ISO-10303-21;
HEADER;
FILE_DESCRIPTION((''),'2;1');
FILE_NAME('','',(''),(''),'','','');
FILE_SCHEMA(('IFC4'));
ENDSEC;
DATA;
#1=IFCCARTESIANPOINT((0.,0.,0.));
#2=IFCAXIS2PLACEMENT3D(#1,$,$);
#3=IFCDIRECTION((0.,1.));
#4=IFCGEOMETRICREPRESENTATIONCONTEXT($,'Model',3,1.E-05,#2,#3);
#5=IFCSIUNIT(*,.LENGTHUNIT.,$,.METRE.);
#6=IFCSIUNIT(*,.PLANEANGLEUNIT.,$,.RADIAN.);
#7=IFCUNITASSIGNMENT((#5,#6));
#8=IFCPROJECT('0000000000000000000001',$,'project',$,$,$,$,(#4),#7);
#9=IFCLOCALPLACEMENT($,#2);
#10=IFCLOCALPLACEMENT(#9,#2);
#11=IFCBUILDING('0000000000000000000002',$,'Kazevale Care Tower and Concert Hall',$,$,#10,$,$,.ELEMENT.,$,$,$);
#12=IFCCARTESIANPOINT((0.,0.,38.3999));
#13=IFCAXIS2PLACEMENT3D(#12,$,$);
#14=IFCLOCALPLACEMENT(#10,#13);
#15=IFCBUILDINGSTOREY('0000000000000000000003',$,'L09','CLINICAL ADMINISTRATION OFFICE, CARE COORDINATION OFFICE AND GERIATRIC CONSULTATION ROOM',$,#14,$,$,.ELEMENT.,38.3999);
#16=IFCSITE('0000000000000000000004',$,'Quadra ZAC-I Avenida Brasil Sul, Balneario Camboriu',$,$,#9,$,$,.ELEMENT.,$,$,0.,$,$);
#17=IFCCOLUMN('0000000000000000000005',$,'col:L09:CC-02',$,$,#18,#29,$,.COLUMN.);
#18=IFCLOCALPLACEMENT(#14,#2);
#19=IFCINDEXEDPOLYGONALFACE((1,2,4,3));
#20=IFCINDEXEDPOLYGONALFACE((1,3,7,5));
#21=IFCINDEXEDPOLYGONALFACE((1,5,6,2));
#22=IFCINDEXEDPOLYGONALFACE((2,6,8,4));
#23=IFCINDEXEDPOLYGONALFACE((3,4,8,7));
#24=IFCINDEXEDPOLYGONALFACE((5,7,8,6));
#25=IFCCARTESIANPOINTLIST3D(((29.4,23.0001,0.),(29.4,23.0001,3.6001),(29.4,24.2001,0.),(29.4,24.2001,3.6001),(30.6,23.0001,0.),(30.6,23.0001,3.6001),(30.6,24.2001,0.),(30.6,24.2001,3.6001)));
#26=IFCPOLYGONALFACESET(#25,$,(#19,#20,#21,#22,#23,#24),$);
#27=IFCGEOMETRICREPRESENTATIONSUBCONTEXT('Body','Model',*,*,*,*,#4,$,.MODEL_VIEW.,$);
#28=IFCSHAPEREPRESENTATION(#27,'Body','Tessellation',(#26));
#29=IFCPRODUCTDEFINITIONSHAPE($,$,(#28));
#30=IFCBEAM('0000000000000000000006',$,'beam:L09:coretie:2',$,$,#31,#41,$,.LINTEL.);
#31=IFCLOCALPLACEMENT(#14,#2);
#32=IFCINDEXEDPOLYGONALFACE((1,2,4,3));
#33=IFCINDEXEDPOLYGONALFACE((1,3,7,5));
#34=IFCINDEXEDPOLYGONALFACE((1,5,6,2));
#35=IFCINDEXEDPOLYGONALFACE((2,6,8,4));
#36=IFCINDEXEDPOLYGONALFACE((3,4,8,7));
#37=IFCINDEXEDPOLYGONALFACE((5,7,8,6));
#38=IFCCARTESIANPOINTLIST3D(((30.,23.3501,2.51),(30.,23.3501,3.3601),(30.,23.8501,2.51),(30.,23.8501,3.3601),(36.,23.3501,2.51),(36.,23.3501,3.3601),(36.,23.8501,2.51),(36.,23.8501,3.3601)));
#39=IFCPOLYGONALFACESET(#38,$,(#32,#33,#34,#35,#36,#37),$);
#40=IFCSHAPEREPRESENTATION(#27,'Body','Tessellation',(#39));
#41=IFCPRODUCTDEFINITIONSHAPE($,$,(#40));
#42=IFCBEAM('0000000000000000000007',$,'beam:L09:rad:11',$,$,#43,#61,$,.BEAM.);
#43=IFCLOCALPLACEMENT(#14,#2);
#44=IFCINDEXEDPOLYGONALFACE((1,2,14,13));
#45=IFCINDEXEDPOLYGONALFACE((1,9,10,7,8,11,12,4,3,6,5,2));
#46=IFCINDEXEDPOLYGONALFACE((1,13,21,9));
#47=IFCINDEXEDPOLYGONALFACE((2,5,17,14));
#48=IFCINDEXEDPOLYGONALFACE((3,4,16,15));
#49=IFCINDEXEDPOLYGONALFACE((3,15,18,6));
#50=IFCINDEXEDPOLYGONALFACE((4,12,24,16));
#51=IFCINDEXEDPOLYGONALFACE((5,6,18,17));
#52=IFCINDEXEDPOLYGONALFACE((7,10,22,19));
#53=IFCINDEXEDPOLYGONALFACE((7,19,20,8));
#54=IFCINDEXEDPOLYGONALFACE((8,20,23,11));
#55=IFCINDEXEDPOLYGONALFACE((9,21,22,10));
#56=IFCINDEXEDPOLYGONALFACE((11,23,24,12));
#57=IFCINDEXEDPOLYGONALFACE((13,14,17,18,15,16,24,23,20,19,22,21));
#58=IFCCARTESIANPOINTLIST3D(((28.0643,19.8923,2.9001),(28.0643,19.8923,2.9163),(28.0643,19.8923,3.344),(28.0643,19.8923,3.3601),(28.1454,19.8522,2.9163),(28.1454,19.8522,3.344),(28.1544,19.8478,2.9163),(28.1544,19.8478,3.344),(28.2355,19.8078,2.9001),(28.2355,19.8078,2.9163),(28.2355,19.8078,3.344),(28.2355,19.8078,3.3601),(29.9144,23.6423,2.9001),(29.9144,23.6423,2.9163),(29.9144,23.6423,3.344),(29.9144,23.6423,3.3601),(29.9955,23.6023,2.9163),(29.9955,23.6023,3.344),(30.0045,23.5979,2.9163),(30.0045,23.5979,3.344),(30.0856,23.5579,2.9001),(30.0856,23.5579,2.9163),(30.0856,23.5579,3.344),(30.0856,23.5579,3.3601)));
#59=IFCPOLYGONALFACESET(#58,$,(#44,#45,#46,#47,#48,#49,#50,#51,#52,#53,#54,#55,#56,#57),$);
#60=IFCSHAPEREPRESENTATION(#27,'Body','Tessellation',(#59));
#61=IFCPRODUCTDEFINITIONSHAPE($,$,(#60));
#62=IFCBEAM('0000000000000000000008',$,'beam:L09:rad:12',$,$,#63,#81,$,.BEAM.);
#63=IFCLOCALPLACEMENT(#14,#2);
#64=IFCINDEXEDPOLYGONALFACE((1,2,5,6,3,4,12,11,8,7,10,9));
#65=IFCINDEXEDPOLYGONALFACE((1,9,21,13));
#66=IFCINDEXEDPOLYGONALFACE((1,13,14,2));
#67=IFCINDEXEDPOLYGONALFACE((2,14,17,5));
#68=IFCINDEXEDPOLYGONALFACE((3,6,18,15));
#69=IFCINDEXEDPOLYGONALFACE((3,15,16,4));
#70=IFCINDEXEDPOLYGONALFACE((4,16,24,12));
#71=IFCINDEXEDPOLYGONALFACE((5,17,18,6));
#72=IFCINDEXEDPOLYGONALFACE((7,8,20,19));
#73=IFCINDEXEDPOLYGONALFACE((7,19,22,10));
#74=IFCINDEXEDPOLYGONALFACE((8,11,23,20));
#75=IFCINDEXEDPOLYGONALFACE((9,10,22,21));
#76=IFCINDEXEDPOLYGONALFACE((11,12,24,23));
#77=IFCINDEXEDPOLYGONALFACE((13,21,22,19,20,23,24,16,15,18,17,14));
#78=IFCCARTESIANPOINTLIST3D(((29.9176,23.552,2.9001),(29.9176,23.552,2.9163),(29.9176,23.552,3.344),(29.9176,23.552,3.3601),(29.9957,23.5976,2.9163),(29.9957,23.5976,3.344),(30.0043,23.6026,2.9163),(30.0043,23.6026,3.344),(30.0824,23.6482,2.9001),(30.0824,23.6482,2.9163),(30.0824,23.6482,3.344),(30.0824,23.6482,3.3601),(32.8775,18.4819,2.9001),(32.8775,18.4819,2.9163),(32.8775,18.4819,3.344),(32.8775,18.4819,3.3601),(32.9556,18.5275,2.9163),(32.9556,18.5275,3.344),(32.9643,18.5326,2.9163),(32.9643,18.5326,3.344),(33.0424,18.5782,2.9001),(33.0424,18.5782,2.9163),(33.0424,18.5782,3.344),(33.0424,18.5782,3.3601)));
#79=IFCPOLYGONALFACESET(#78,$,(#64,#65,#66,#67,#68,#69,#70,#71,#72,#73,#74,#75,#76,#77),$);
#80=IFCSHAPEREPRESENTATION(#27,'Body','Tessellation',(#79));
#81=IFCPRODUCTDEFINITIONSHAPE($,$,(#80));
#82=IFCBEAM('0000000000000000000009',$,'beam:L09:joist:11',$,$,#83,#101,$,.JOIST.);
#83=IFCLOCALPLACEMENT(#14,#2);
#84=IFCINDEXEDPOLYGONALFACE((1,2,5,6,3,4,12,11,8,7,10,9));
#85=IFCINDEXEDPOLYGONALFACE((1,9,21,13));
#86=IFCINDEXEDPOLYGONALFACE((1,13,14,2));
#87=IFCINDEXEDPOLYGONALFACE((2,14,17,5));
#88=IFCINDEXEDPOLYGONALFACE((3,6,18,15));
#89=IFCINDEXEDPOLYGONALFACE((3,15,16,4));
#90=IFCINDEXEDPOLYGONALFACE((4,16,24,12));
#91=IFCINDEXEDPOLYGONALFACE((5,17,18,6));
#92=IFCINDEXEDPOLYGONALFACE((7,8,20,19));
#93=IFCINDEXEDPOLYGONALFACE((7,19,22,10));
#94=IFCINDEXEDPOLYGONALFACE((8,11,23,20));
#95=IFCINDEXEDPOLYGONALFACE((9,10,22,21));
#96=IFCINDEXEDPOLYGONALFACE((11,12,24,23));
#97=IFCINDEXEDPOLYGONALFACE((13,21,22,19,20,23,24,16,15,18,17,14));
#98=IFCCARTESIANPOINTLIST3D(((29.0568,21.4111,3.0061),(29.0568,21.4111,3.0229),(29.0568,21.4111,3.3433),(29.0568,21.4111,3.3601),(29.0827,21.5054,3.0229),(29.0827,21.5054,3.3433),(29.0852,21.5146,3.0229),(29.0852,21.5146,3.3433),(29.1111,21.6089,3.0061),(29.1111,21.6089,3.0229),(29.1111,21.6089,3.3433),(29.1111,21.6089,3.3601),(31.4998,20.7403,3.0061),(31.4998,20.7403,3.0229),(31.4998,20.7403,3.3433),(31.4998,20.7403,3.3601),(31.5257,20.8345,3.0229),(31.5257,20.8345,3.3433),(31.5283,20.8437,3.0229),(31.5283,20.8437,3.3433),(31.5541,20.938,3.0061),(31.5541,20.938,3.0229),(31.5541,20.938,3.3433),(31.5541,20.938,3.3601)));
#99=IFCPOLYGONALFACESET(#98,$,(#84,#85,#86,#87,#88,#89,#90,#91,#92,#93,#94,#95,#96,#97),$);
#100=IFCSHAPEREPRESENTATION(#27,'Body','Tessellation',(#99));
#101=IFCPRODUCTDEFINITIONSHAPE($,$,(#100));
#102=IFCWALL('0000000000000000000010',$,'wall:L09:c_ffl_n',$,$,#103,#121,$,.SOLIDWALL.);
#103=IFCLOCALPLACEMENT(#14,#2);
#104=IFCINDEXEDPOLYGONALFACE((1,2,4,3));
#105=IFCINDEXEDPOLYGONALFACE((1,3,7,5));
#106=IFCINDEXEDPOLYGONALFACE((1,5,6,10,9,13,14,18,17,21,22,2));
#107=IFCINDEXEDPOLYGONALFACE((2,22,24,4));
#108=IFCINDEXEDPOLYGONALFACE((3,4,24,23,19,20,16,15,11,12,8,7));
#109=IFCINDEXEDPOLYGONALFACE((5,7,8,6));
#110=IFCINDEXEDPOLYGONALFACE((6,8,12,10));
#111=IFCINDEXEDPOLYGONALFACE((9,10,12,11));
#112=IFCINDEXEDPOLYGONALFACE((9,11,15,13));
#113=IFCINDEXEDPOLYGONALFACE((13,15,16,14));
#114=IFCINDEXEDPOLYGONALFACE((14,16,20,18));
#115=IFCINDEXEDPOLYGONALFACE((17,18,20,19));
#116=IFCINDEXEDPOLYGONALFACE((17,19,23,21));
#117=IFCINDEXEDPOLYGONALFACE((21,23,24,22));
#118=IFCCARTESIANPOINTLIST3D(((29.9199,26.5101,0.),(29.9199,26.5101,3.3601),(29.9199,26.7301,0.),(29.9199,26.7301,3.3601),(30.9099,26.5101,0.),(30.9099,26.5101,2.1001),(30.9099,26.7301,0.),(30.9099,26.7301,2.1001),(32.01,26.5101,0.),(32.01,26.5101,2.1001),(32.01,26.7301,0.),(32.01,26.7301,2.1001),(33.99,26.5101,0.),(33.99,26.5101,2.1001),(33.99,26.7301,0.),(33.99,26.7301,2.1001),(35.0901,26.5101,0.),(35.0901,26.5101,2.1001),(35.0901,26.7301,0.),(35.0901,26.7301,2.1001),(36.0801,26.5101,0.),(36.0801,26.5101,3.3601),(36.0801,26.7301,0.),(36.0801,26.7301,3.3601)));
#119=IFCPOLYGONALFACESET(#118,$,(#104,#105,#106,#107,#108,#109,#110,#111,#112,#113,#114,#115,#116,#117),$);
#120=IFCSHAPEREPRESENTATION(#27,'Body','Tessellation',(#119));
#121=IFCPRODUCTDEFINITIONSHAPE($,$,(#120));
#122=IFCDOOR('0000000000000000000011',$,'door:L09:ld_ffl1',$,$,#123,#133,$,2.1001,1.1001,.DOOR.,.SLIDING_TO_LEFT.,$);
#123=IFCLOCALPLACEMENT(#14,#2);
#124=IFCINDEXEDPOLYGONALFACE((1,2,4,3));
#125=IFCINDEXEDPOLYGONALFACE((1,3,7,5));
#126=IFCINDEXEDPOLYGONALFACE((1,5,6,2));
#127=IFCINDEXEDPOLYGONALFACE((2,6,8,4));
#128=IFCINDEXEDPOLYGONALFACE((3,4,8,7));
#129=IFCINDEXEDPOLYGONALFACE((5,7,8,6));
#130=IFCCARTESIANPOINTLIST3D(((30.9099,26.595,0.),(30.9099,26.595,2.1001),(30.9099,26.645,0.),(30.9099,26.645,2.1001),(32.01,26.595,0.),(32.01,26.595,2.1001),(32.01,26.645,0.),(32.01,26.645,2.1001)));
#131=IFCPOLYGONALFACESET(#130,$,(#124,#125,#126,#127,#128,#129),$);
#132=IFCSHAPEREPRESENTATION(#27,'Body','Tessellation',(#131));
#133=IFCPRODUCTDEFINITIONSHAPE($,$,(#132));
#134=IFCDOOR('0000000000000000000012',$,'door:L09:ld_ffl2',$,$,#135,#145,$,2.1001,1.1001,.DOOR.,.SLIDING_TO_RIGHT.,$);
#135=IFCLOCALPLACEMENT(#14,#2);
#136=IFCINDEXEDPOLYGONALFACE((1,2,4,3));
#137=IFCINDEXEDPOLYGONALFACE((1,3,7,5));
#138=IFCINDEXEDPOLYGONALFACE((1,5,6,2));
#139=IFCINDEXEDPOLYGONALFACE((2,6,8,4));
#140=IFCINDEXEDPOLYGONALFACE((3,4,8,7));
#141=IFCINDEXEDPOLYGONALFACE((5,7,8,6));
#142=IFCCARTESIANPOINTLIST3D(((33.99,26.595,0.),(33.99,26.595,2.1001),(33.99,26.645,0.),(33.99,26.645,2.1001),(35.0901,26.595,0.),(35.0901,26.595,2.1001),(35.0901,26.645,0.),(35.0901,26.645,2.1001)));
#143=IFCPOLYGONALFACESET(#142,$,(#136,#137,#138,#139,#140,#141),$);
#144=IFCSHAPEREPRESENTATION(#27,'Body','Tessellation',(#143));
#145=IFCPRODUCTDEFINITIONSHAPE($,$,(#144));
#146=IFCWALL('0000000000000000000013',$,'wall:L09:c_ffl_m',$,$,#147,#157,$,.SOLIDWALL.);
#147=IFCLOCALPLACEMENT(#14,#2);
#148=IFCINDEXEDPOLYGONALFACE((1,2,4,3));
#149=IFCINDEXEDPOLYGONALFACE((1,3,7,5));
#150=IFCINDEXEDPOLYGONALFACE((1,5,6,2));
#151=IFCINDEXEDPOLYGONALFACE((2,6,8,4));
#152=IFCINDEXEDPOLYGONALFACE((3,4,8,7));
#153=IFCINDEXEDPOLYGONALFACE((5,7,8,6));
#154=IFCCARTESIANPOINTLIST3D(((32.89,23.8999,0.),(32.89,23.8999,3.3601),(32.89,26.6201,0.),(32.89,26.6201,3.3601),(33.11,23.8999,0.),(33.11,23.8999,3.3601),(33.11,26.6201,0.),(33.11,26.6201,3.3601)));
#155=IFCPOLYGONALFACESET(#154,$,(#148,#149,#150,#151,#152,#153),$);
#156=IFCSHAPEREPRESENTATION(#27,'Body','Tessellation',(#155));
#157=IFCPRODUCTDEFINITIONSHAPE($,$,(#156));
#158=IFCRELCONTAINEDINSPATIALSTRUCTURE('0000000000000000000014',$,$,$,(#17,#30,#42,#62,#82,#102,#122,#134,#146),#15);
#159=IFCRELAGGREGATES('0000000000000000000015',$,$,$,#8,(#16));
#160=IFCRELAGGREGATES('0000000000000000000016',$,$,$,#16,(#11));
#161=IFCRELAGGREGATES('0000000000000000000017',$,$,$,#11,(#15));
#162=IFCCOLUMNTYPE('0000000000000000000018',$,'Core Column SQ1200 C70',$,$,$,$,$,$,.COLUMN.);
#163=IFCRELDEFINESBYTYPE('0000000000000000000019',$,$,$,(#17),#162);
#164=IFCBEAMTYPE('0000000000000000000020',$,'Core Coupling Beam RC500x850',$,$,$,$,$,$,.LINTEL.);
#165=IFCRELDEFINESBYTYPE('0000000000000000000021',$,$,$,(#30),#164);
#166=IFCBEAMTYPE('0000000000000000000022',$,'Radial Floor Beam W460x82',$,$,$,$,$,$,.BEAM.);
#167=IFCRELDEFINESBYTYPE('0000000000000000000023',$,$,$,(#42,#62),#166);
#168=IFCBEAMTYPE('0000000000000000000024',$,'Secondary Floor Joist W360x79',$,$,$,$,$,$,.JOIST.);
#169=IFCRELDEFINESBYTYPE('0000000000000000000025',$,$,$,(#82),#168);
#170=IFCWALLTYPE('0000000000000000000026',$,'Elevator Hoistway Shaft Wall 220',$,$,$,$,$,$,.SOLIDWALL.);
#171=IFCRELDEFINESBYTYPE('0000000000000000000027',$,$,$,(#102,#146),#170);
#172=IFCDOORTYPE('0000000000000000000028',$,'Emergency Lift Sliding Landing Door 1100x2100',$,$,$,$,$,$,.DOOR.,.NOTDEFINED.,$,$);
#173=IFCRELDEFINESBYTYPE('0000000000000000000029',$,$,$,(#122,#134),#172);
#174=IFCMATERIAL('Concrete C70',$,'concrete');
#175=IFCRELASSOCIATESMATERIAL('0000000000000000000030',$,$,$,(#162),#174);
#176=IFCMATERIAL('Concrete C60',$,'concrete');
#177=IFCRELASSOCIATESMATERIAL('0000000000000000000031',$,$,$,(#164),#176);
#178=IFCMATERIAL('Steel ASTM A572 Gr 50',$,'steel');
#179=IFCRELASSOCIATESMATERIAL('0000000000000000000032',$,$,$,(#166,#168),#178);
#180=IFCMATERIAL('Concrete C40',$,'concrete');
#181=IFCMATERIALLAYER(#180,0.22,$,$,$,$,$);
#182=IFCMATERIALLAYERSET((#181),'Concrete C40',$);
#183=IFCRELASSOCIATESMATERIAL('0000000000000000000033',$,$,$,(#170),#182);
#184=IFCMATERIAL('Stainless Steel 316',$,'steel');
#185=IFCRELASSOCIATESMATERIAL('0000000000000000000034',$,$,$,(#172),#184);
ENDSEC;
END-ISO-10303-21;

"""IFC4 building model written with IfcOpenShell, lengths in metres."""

from ifc_helpers import new_model, si_unit, direction, frame, frame_2d, origin, origin_2d, place, context, subcontext, project, spatial, rectangle, i_section, extrude, material, layer, layer_set, material_profile, profile_set, type_object, element, fill, save


model = new_model("IFC4")

# Units and contexts
model_context = context("Model", 3, precision=1e-05, world=origin(), true_north=direction((0.0, 1.0)))
body_context = subcontext(model_context, "Body", "Model", "MODEL_VIEW")
ifc_project = project(units=[si_unit("LENGTHUNIT", "METRE"), si_unit("PLANEANGLEUNIT", "RADIAN")], contexts=[model_context])

# Site, building, storey
site_placement = place(None, origin())
site = spatial("IfcSite", under=ifc_project, at=site_placement, Name="Quadra ZAC-I Avenida Brasil Sul, Balneario Camboriu", CompositionType="ELEMENT", RefElevation=0.0)
building_placement = place(site_placement, origin())
building = spatial("IfcBuilding", under=site, at=building_placement, Name="Kazevale Care Tower and Concert Hall", CompositionType="ELEMENT")
storey_placement = place(building_placement, frame((0.0, 0.0, 38.3999)))
storey = spatial("IfcBuildingStorey", under=building, at=storey_placement, Name="L09", Description="CLINICAL ADMINISTRATION OFFICE, CARE COORDINATION OFFICE AND GERIATRIC CONSULTATION ROOM", CompositionType="ELEMENT", Elevation=38.3999)

# Column
ifc_material_1 = material(Name="Concrete C70", Category="concrete")
ifc_material_profile_1 = material_profile(ifc_material_1, rectangle(XDim=1.2, YDim=1.2, at=origin_2d()), Name="RC-SQ1200")
ifc_profile_set_1 = profile_set([ifc_material_profile_1], Name="Concrete C70")
column_type = type_object("IfcColumnType", Name="Core Column SQ1200 C70", PredefinedType="COLUMN", material=ifc_profile_set_1)
column_placement = place(storey_placement, frame((30.0, 23.6001, 0.0), z_axis=(0.0, 0.0, 1.0), x_axis=(1.0, 0.0, 0.0)))
element("IfcColumn", 1, at=column_placement, inside=storey, type_object=column_type, Name="col:L09:CC-02", PredefinedType="COLUMN", context=body_context, shape_type="SweptSolid", body=[
    extrude(rectangle(XDim=1.2, YDim=1.2, at=origin_2d()), origin(), (0.0, 0.0, 1.0), 3.6001),
])

# Beams
ifc_material_2 = material(Name="Concrete C60", Category="concrete")
ifc_material_profile_2 = material_profile(ifc_material_2, rectangle(XDim=0.5, YDim=0.8501, at=origin_2d()), Name="RC-B500x850")
ifc_profile_set_2 = profile_set([ifc_material_profile_2], Name="Concrete C60")
beam_type_1 = type_object("IfcBeamType", Name="Core Coupling Beam RC500x850", PredefinedType="LINTEL", material=ifc_profile_set_2)
beam_1_placement = place(storey_placement, frame((30.0, 23.6001, 2.9351), z_axis=(1.0, 0.0, 0.0), x_axis=(0.0, 1.0, 0.0)))
element("IfcBeam", 2, at=beam_1_placement, inside=storey, type_object=beam_type_1, Name="beam:L09:coretie:2", PredefinedType="LINTEL", context=body_context, shape_type="SweptSolid", body=[
    extrude(rectangle(XDim=0.5, YDim=0.8501, at=origin_2d()), origin(), (0.0, 0.0, 1.0), 6.0),
])
ifc_material_3 = material(Name="Steel ASTM A572 Gr 50", Category="steel")
ifc_material_profile_3 = material_profile(ifc_material_3, i_section(OverallWidth=0.1909, OverallDepth=0.46, WebThickness=0.01, FlangeThickness=0.0161, at=origin_2d()), Name="W460x82")
ifc_profile_set_3 = profile_set([ifc_material_profile_3], Name="Steel ASTM A572 Gr 50")
beam_type_2 = type_object("IfcBeamType", Name="Radial Floor Beam W460x82", PredefinedType="BEAM", material=ifc_profile_set_3)
beam_2_placement = place(storey_placement, frame((30.0, 23.6001, 3.1301), z_axis=(-0.442443, -0.896797, 0.0), x_axis=(0.896797, -0.442443, 0.0)))
element("IfcBeam", 3, at=beam_2_placement, inside=storey, type_object=beam_type_2, Name="beam:L09:rad:11", PredefinedType="BEAM", context=body_context, shape_type="SweptSolid", body=[
    extrude(i_section(OverallWidth=0.1909, OverallDepth=0.46, WebThickness=0.01, FlangeThickness=0.0161, at=origin_2d()), origin(), (0.0, 0.0, 1.0), 4.1816),
])
beam_3_placement = place(storey_placement, frame((30.0, 23.6001, 3.1301), z_axis=(0.504179, -0.863599, 0.0), x_axis=(0.863599, 0.504179, 0.0)))
element("IfcBeam", 4, at=beam_3_placement, inside=storey, type_object=beam_type_2, Name="beam:L09:rad:12", PredefinedType="BEAM", context=body_context, shape_type="SweptSolid", body=[
    extrude(i_section(OverallWidth=0.1909, OverallDepth=0.46, WebThickness=0.01, FlangeThickness=0.0161, at=origin_2d()), origin(), (0.0, 0.0, 1.0), 5.8708),
])
ifc_material_profile_4 = material_profile(ifc_material_3, i_section(OverallWidth=0.2051, OverallDepth=0.354, WebThickness=0.0095, FlangeThickness=0.0168, at=origin_2d()), Name="W360x79")
ifc_profile_set_4 = profile_set([ifc_material_profile_4], Name="Steel ASTM A572 Gr 50")
beam_type_3 = type_object("IfcBeamType", Name="Secondary Floor Joist W360x79", PredefinedType="JOIST", material=ifc_profile_set_4)
beam_4_placement = place(storey_placement, frame((29.084, 21.51, 3.1831), z_axis=(0.964302, -0.264805, 0.0), x_axis=(0.264805, 0.964302, 0.0)))
element("IfcBeam", 5, at=beam_4_placement, inside=storey, type_object=beam_type_3, Name="beam:L09:joist:11", PredefinedType="JOIST", context=body_context, shape_type="SweptSolid", body=[
    extrude(i_section(OverallWidth=0.2051, OverallDepth=0.354, WebThickness=0.0095, FlangeThickness=0.0168, at=origin_2d()), origin(), (0.0, 0.0, 1.0), 2.5334),
])

# Wall, openings, doors
ifc_material_4 = material(Name="Concrete C40", Category="concrete")
ifc_layer_1 = layer(ifc_material_4, 0.22)
ifc_layer_set_1 = layer_set([ifc_layer_1], Name="Concrete C40")
wall_type_1 = type_object("IfcWallType", Name="Elevator Hoistway Shaft Wall 220", PredefinedType="SOLIDWALL", material=ifc_layer_set_1)
wall_1_placement = place(storey_placement, frame((29.9199, 26.6201, 0.0), z_axis=(0.0, 0.0, 1.0), x_axis=(1.0, 0.0, 0.0)))
wall_1 = element("IfcWall", 6, at=wall_1_placement, inside=storey, type_object=wall_type_1, Name="wall:L09:c_ffl_n", PredefinedType="SOLIDWALL", context=body_context, shape_type="SweptSolid", body=[
    extrude(rectangle(XDim=6.1602, YDim=0.22, at=frame_2d((3.0801, 0.0))), origin(), (0.0, 0.0, 1.0), 3.3601),
])
opening_1_placement = place(wall_1_placement, frame((0.99, 0.0, 0.0)))
opening_1 = element("IfcOpeningElement", 7, at=opening_1_placement, cuts=wall_1, PredefinedType="OPENING", context=body_context, shape_type="SweptSolid", body=[
    extrude(rectangle(XDim=1.1001, YDim=2.1001, at=frame_2d((0.55, 1.05))), frame((0.0, 0.1199, 0.0), z_axis=(0.0, -1.0, 0.0), x_axis=(1.0, 0.0, 0.0)), (0.0, 0.0, 1.0), 0.24),
])
opening_2_placement = place(wall_1_placement, frame((4.0701, 0.0, 0.0)))
opening_2 = element("IfcOpeningElement", 8, at=opening_2_placement, cuts=wall_1, PredefinedType="OPENING", context=body_context, shape_type="SweptSolid", body=[
    extrude(rectangle(XDim=1.1001, YDim=2.1001, at=frame_2d((0.55, 1.05))), frame((0.0, 0.1199, 0.0), z_axis=(0.0, -1.0, 0.0), x_axis=(1.0, 0.0, 0.0)), (0.0, 0.0, 1.0), 0.24),
])
ifc_material_5 = material(Name="Stainless Steel 316", Category="steel")
door_type_1 = type_object("IfcDoorType", Name="Emergency Lift Sliding Landing Door 1100x2100", OperationType="NOTDEFINED", PredefinedType="DOOR", material=ifc_material_5)
door_1_placement = place(opening_1_placement, origin())
door_1 = element("IfcDoor", 9, at=door_1_placement, inside=storey, type_object=door_type_1, Name="door:L09:ld_ffl1", OperationType="SLIDING_TO_LEFT", OverallHeight=2.1001, OverallWidth=1.1001, PredefinedType="DOOR", context=body_context, shape_type="SweptSolid", body=[
    extrude(rectangle(XDim=1.1001, YDim=2.1001, at=frame_2d((0.55, 1.05))), frame((0.0, 0.0249, 0.0), z_axis=(0.0, -1.0, 0.0), x_axis=(1.0, 0.0, 0.0)), (0.0, 0.0, 1.0), 0.05),
])
fill(opening_1, door_1)
door_2_placement = place(opening_2_placement, origin())
door_2 = element("IfcDoor", 10, at=door_2_placement, inside=storey, type_object=door_type_1, Name="door:L09:ld_ffl2", OperationType="SLIDING_TO_RIGHT", OverallHeight=2.1001, OverallWidth=1.1001, PredefinedType="DOOR", context=body_context, shape_type="SweptSolid", body=[
    extrude(rectangle(XDim=1.1001, YDim=2.1001, at=frame_2d((0.55, 1.05))), frame((0.0, 0.0249, 0.0), z_axis=(0.0, -1.0, 0.0), x_axis=(1.0, 0.0, 0.0)), (0.0, 0.0, 1.0), 0.05),
])
fill(opening_2, door_2)

# Wall
wall_2_placement = place(storey_placement, frame((33.0, 23.8999, 0.0), z_axis=(0.0, 0.0, 1.0), x_axis=(0.0, 1.0, 0.0)))
element("IfcWall", 11, at=wall_2_placement, inside=storey, type_object=wall_type_1, Name="wall:L09:c_ffl_m", PredefinedType="SOLIDWALL", context=body_context, shape_type="SweptSolid", body=[
    extrude(rectangle(XDim=2.7202, YDim=0.22, at=frame_2d((1.3601, 0.0))), origin(), (0.0, 0.0, 1.0), 3.3601),
])

save(model, "model.ifc")
